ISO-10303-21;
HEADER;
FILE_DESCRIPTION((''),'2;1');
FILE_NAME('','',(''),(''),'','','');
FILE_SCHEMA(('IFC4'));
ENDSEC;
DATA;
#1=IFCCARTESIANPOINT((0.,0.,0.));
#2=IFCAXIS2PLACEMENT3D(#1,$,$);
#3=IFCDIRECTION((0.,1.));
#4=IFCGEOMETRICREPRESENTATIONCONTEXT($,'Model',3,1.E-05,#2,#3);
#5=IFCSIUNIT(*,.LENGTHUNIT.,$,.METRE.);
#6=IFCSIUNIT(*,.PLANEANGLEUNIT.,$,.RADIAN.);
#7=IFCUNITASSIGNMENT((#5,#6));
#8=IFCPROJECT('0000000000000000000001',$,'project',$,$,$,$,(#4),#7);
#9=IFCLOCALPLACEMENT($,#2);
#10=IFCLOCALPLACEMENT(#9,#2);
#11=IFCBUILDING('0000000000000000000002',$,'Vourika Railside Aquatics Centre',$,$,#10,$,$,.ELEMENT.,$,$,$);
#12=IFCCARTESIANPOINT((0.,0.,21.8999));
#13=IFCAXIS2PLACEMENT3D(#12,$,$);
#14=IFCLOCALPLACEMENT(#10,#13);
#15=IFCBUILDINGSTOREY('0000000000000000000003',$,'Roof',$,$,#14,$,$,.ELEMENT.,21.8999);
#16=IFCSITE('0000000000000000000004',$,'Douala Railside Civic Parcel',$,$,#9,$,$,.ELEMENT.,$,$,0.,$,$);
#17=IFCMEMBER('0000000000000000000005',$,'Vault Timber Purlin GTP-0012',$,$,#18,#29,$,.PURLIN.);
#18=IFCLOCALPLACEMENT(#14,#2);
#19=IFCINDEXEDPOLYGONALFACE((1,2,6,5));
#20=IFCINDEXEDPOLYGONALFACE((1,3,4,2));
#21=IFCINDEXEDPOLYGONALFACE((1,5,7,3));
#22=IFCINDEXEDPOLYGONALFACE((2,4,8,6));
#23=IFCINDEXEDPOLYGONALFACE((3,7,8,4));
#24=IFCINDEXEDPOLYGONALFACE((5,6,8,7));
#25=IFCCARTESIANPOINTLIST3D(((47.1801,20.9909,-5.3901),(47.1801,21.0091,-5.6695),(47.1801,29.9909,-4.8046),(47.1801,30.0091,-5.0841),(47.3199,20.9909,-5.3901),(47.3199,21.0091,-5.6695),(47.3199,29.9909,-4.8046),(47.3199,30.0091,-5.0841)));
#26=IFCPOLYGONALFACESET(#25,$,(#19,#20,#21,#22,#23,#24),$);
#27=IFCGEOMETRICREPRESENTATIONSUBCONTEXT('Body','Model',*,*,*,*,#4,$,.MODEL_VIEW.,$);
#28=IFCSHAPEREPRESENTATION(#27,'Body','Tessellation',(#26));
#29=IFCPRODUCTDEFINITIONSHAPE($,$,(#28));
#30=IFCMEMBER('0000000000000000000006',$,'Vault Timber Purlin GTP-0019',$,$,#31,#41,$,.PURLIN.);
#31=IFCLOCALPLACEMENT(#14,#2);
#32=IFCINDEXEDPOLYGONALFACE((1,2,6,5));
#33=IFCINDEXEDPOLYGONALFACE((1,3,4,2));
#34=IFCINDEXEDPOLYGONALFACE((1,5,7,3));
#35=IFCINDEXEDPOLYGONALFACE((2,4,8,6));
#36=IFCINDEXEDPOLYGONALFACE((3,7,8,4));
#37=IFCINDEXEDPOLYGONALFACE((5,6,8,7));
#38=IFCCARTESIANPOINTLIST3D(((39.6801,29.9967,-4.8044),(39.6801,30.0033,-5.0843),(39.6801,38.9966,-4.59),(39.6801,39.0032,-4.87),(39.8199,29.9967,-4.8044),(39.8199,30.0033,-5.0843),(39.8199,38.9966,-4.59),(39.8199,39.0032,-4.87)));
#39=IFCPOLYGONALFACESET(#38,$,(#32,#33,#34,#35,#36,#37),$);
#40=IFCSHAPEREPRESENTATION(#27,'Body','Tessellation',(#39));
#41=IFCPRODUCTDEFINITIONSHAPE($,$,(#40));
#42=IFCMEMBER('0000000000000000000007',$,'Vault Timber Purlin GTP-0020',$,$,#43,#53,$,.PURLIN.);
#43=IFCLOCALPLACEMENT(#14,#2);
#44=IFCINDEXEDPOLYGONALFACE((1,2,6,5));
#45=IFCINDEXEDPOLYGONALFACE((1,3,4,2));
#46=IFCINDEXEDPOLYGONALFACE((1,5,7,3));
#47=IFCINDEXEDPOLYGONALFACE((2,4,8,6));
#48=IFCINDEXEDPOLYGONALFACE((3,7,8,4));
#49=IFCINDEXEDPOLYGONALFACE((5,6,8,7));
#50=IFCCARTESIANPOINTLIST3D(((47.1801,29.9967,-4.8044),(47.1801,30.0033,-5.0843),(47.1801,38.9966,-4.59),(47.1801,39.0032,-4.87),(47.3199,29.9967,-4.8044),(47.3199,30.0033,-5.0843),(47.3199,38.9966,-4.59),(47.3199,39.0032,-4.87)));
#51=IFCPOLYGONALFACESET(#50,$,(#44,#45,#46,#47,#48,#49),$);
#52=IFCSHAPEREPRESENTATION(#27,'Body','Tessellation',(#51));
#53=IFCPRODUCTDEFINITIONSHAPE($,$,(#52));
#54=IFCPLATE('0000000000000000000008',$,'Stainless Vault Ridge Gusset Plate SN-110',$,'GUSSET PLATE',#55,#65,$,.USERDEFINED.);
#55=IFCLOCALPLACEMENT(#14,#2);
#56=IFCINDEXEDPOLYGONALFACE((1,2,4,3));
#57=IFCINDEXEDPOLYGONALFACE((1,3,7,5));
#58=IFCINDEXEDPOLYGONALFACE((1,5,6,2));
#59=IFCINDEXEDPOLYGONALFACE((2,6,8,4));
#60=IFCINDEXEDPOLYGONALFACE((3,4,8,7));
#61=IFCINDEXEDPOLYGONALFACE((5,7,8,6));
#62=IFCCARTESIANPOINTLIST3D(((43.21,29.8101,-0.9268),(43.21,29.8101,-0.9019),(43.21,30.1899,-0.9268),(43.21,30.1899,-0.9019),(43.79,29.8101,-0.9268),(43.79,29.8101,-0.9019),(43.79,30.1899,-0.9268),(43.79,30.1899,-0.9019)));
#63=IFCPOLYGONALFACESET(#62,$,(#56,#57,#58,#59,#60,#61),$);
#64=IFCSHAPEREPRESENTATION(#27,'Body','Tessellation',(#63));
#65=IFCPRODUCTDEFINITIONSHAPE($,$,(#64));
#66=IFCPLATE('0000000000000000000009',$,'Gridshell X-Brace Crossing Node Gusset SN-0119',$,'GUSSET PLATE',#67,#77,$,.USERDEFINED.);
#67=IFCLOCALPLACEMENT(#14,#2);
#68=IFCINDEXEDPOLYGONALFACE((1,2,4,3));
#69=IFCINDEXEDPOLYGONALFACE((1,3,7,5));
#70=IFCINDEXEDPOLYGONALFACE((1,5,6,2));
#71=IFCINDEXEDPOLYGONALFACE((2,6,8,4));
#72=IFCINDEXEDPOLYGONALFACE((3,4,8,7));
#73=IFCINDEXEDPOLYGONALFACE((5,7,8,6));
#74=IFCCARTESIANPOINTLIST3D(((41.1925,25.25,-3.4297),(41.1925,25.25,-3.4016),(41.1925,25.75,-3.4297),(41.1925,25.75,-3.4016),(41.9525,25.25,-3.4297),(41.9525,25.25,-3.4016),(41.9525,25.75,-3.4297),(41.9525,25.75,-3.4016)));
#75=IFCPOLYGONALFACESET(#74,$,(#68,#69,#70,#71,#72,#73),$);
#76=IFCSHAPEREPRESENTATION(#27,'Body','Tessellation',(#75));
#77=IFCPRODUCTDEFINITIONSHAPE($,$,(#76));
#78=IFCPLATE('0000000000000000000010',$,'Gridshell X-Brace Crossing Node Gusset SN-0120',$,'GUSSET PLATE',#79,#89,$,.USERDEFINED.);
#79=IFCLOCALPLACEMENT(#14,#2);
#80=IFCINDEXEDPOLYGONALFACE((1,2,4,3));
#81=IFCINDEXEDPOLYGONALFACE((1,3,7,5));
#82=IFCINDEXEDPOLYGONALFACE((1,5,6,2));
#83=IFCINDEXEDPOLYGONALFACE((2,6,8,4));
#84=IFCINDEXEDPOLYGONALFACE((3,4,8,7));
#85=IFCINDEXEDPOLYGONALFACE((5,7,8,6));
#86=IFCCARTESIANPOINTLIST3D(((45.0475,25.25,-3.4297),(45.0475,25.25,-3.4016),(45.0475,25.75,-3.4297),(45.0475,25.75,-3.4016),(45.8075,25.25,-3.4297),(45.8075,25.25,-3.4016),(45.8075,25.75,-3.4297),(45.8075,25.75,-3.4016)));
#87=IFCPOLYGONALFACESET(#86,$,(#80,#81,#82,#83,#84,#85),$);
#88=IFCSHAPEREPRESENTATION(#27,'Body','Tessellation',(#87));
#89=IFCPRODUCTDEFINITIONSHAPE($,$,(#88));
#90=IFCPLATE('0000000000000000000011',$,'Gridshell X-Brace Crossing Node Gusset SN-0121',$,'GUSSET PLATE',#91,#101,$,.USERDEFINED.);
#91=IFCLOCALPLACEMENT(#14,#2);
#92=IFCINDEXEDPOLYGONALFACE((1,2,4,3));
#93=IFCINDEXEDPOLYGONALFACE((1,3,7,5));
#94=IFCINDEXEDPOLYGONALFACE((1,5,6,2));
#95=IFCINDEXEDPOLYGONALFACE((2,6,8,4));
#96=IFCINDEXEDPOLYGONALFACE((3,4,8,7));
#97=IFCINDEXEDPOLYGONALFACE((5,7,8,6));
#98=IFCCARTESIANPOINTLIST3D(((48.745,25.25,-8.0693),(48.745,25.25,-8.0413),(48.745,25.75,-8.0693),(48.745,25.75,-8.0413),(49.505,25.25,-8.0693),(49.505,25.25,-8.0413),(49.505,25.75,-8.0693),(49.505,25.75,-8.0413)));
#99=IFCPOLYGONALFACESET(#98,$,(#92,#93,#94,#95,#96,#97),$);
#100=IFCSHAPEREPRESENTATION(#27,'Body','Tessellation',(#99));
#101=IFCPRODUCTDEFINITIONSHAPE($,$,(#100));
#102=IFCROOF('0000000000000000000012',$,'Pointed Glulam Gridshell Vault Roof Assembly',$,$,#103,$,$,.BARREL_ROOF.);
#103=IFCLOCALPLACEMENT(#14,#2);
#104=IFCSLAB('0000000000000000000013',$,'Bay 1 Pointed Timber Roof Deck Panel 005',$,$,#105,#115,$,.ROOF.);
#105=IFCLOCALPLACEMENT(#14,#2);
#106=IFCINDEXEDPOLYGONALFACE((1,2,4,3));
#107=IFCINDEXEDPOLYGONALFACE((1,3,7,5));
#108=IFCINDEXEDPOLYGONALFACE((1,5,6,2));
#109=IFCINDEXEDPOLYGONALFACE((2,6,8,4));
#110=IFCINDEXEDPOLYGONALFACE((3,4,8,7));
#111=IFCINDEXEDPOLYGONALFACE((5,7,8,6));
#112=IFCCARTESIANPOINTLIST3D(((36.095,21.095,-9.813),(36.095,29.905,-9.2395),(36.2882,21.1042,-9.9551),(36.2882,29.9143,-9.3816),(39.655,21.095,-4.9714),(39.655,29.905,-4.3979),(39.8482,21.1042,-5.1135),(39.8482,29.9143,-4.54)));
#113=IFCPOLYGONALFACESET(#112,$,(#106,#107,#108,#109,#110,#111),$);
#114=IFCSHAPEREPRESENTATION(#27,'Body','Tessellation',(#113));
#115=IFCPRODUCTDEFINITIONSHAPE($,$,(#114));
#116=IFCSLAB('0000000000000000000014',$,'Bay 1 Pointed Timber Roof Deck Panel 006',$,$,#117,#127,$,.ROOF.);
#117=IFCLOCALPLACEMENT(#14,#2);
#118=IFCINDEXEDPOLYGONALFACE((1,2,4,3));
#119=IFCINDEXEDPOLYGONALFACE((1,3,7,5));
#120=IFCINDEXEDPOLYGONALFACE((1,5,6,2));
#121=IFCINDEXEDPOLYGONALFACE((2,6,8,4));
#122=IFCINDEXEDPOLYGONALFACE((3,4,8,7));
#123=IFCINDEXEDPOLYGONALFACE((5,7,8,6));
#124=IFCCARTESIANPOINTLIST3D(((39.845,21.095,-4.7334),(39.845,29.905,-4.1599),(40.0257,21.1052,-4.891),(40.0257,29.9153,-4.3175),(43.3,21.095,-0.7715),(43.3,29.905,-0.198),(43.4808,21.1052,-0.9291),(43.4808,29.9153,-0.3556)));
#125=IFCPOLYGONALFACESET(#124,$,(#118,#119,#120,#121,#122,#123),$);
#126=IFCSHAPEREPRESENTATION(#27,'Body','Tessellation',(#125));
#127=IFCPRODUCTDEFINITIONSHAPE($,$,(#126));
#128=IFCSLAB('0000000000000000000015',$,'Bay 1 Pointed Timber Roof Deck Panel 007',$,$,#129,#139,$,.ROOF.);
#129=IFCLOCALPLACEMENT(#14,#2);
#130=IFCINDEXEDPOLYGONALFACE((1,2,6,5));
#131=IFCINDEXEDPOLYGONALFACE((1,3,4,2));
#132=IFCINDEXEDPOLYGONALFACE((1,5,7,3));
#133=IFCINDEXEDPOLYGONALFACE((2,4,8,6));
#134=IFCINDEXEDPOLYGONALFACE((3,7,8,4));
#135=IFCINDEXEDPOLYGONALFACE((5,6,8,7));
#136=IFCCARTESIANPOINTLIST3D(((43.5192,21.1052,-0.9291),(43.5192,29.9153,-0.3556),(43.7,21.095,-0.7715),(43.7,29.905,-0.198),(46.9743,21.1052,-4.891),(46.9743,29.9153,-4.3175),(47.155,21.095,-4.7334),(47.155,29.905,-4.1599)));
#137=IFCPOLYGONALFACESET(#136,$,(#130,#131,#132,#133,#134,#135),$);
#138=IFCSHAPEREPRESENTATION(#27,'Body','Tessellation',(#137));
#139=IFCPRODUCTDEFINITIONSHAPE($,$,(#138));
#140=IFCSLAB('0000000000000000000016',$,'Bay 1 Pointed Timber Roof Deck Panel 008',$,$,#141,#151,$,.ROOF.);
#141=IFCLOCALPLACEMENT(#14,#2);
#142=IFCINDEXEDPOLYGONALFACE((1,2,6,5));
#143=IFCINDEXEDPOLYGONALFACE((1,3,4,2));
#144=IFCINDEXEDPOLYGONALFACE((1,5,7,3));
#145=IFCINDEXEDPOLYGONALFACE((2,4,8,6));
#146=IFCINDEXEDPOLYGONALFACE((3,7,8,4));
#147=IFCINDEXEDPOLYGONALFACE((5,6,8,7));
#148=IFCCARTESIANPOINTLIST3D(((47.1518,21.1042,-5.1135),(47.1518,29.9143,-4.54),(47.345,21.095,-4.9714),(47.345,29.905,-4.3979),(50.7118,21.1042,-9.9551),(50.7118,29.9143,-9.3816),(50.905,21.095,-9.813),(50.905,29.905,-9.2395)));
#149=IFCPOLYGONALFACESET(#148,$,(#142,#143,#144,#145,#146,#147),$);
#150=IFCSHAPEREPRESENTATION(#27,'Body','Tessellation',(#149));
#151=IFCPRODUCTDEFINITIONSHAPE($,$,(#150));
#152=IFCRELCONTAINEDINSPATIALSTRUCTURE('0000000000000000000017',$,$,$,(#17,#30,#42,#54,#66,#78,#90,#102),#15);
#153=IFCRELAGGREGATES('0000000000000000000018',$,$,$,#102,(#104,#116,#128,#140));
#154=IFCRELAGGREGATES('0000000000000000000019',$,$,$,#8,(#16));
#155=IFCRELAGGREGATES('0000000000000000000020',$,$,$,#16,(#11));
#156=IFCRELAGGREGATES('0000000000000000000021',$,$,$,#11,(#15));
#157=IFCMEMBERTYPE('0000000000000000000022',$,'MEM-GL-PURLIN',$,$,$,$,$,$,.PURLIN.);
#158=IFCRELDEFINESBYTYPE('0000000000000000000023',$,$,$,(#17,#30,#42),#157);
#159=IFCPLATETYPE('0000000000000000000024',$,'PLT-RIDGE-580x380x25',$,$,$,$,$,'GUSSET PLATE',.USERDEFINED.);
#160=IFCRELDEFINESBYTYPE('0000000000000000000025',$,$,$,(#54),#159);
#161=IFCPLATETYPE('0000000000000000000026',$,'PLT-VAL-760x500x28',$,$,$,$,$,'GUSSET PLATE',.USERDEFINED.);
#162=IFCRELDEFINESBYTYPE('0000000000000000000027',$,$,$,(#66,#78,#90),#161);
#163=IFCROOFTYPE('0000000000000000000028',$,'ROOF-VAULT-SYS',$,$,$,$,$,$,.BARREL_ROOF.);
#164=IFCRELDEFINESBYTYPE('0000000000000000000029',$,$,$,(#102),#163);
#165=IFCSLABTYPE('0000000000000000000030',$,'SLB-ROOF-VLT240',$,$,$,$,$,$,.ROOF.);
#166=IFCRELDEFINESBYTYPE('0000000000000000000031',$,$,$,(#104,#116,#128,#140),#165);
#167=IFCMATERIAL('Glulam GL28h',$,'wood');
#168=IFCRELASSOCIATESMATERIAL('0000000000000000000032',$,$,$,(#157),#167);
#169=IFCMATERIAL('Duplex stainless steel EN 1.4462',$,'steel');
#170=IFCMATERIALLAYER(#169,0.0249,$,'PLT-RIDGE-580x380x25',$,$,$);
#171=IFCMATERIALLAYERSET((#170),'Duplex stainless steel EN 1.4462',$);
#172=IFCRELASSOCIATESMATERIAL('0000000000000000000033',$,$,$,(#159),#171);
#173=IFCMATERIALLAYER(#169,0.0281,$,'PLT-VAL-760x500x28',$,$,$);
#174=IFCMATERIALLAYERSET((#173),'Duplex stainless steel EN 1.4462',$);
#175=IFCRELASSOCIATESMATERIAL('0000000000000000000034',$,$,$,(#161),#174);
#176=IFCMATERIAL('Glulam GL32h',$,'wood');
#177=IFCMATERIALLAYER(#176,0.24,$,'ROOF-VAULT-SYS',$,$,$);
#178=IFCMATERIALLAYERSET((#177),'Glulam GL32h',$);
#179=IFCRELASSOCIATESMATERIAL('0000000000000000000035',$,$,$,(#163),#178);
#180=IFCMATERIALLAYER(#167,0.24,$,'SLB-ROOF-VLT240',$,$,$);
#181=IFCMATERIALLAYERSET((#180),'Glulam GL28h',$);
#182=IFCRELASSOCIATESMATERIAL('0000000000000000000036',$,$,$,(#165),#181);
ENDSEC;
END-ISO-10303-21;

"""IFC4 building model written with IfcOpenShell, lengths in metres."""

from ifc_helpers import new_model, si_unit, direction, frame, origin, origin_2d, place, context, subcontext, project, spatial, polyline, rectangle, outline, extrude, material, layer, layer_set, material_profile, profile_set, type_object, element, aggregate, save


model = new_model("IFC4")

# Units and contexts
model_context = context("Model", 3, precision=1e-05, world=origin(), true_north=direction((0.0, 1.0)))
body_context = subcontext(model_context, "Body", "Model", "MODEL_VIEW")
ifc_project = project(units=[si_unit("LENGTHUNIT", "METRE"), si_unit("PLANEANGLEUNIT", "RADIAN")], contexts=[model_context])

# Site, building, storey
site_placement = place(None, origin())
site = spatial("IfcSite", under=ifc_project, at=site_placement, Name="Douala Railside Civic Parcel", CompositionType="ELEMENT", RefElevation=0.0)
building_placement = place(site_placement, origin())
building = spatial("IfcBuilding", under=site, at=building_placement, Name="Vourika Railside Aquatics Centre", CompositionType="ELEMENT")
storey_placement = place(building_placement, frame((0.0, 0.0, 21.8999)))
storey = spatial("IfcBuildingStorey", under=building, at=storey_placement, Name="Roof", CompositionType="ELEMENT", Elevation=21.8999)

# Shared definitions
ifc_material_1 = material(Name="Glulam GL32h", Category="wood")

# Members
ifc_material_2 = material(Name="Glulam GL28h", Category="wood")
ifc_material_profile_1 = material_profile(ifc_material_2, rectangle(XDim=0.1399, YDim=0.28, at=origin_2d()), Name="GL28h 140x280")
ifc_profile_set_1 = profile_set([ifc_material_profile_1], Name="Glulam GL28h")
member_type_1 = type_object("IfcMemberType", Name="MEM-GL-PURLIN", PredefinedType="PURLIN", material=ifc_profile_set_1)
member_1_placement = place(storey_placement, frame((47.25, 21.0, -5.5298), z_axis=(0.0, 0.997891, 0.064913), x_axis=(-1.0, 0.0, 0.0)))
element("IfcMember", 1, at=member_1_placement, inside=storey, type_object=member_type_1, Name="Vault Timber Purlin GTP-0012", PredefinedType="PURLIN", context=body_context, shape_type="SweptSolid", body=[
    extrude(rectangle(XDim=0.1399, YDim=0.28, at=origin_2d()), origin(), (0.0, 0.0, 1.0), 9.019),
])
for number, where, z_axis, x_axis, name in (
    (2, (39.75, 30.0, -4.9443), (0.0, 0.999716, 0.023811), (-1.0, 0.0, 0.0), "Vault Timber Purlin GTP-0019"),
    (3, (47.25, 30.0, -4.9443), (0.0, 0.999716, 0.023811), (-1.0, 0.0, 0.0), "Vault Timber Purlin GTP-0020"),
):
    element("IfcMember", number, at=place(storey_placement, frame(where, z_axis=z_axis, x_axis=x_axis)), inside=storey, type_object=member_type_1, Name=name, PredefinedType="PURLIN", context=body_context, shape_type="SweptSolid", body=[
        extrude(rectangle(XDim=0.1399, YDim=0.28, at=origin_2d()), origin(), (0.0, 0.0, 1.0), 9.0024),
    ])

# Plates
ifc_material_3 = material(Name="Duplex stainless steel EN 1.4462", Category="steel")
ifc_layer_1 = layer(ifc_material_3, 0.0249, Name="PLT-RIDGE-580x380x25")
ifc_layer_set_1 = layer_set([ifc_layer_1], Name="Duplex stainless steel EN 1.4462")
plate_type_1 = type_object("IfcPlateType", Name="PLT-RIDGE-580x380x25", ElementType="GUSSET PLATE", PredefinedType="USERDEFINED", material=ifc_layer_set_1)
plate_placement = place(storey_placement, frame((43.5, 30.0, -0.9268), z_axis=(0.0, 0.0, 1.0), x_axis=(1.0, 0.0, 0.0)))
element("IfcPlate", 4, at=plate_placement, inside=storey, type_object=plate_type_1, Name="Stainless Vault Ridge Gusset Plate SN-110", ObjectType="GUSSET PLATE", PredefinedType="USERDEFINED", context=body_context, shape_type="SweptSolid", body=[
    extrude(rectangle(XDim=0.5801, YDim=0.3799, at=origin_2d()), origin(), (0.0, 0.0, 1.0), 0.0249),
])
ifc_layer_2 = layer(ifc_material_3, 0.0281, Name="PLT-VAL-760x500x28")
ifc_layer_set_2 = layer_set([ifc_layer_2], Name="Duplex stainless steel EN 1.4462")
plate_type_2 = type_object("IfcPlateType", Name="PLT-VAL-760x500x28", ElementType="GUSSET PLATE", PredefinedType="USERDEFINED", material=ifc_layer_set_2)
for number, where, z_axis, x_axis, name in (
    (5, (41.5725, 25.5, -3.4297), (0.0, 0.0, 1.0), (1.0, 0.0, 0.0), "Gridshell X-Brace Crossing Node Gusset SN-0119"),
    (6, (45.4275, 25.5, -3.4297), (0.0, 0.0, 1.0), (1.0, 0.0, 0.0), "Gridshell X-Brace Crossing Node Gusset SN-0120"),
    (7, (49.125, 25.5, -8.0693), (0.0, 0.0, 1.0), (1.0, 0.0, 0.0), "Gridshell X-Brace Crossing Node Gusset SN-0121"),
):
    element("IfcPlate", number, at=place(storey_placement, frame(where, z_axis=z_axis, x_axis=x_axis)), inside=storey, type_object=plate_type_2, Name=name, ObjectType="GUSSET PLATE", PredefinedType="USERDEFINED", context=body_context, shape_type="SweptSolid", body=[
        extrude(rectangle(XDim=0.76, YDim=0.5, at=origin_2d()), origin(), (0.0, 0.0, 1.0), 0.0281),
    ])

# Roof, slabs
ifc_layer_3 = layer(ifc_material_1, 0.24, Name="ROOF-VAULT-SYS")
ifc_layer_set_3 = layer_set([ifc_layer_3], Name="Glulam GL32h")
roof_type = type_object("IfcRoofType", Name="ROOF-VAULT-SYS", PredefinedType="BARREL_ROOF", material=ifc_layer_set_3)
roof_placement = place(storey_placement, origin())
roof = element("IfcRoof", 8, at=roof_placement, inside=storey, type_object=roof_type, Name="Pointed Glulam Gridshell Vault Roof Assembly", PredefinedType="BARREL_ROOF")
ifc_layer_4 = layer(ifc_material_2, 0.24, Name="SLB-ROOF-VLT240")
ifc_layer_set_4 = layer_set([ifc_layer_4], Name="Glulam GL28h")
slab_type = type_object("IfcSlabType", Name="SLB-ROOF-VLT240", PredefinedType="ROOF", material=ifc_layer_set_4)
slab_1_placement = place(storey_placement, frame((36.095, 21.095, -9.813), z_axis=(-0.805045, -0.038533, 0.591961), x_axis=(0.592401, 0.0, 0.805644)))
slab_1 = element("IfcSlab", 9, at=slab_1_placement, type_object=slab_type, Name="Bay 1 Pointed Timber Roof Deck Panel 005", PredefinedType="ROOF", context=body_context, shape_type="SweptSolid", body=[
    extrude(outline(polyline([(0.0, 0.0), (6.0095, 0.0), (6.4716, 8.8166), (0.462, 8.8166), (0.0, 0.0)])), origin(), (0.0, 0.0, -1.0), 0.24),
])
slab_2_placement = place(storey_placement, frame((39.845, 21.095, -4.7334), z_axis=(-0.75298, -0.042745, 0.656654), x_axis=(0.657254, 0.0, 0.753669)))
slab_2 = element("IfcSlab", 10, at=slab_2_placement, type_object=slab_type, Name="Bay 1 Pointed Timber Roof Deck Panel 006", PredefinedType="ROOF", context=body_context, shape_type="SweptSolid", body=[
    extrude(outline(polyline([(0.0, 0.0), (5.2568, 0.0), (5.6891, 8.8181), (0.4322, 8.8181), (0.0, 0.0)])), origin(), (0.0, 0.0, -1.0), 0.24),
])
slab_3_placement = place(storey_placement, frame((43.7, 21.095, -0.7715), z_axis=(0.75298, -0.042745, 0.656654), x_axis=(0.657254, 0.0, -0.753669)))
slab_3 = element("IfcSlab", 11, at=slab_3_placement, type_object=slab_type, Name="Bay 1 Pointed Timber Roof Deck Panel 007", PredefinedType="ROOF", context=body_context, shape_type="SweptSolid", body=[
    extrude(outline(polyline([(0.0, 0.0), (5.2568, 0.0), (4.8246, 8.8181), (-0.4322, 8.8181), (0.0, 0.0)])), origin(), (0.0, 0.0, -1.0), 0.24),
])
slab_4_placement = place(storey_placement, frame((47.345, 21.095, -4.9714), z_axis=(0.805045, -0.038533, 0.591961), x_axis=(0.592401, 0.0, -0.805644)))
slab_4 = element("IfcSlab", 12, at=slab_4_placement, type_object=slab_type, Name="Bay 1 Pointed Timber Roof Deck Panel 008", PredefinedType="ROOF", context=body_context, shape_type="SweptSolid", body=[
    extrude(outline(polyline([(0.0, 0.0), (6.0095, 0.0), (5.5475, 8.8166), (-0.462, 8.8166), (0.0, 0.0)])), origin(), (0.0, 0.0, -1.0), 0.24),
])
aggregate(roof, [slab_1, slab_2, slab_3, slab_4])

save(model, "model.ifc")
